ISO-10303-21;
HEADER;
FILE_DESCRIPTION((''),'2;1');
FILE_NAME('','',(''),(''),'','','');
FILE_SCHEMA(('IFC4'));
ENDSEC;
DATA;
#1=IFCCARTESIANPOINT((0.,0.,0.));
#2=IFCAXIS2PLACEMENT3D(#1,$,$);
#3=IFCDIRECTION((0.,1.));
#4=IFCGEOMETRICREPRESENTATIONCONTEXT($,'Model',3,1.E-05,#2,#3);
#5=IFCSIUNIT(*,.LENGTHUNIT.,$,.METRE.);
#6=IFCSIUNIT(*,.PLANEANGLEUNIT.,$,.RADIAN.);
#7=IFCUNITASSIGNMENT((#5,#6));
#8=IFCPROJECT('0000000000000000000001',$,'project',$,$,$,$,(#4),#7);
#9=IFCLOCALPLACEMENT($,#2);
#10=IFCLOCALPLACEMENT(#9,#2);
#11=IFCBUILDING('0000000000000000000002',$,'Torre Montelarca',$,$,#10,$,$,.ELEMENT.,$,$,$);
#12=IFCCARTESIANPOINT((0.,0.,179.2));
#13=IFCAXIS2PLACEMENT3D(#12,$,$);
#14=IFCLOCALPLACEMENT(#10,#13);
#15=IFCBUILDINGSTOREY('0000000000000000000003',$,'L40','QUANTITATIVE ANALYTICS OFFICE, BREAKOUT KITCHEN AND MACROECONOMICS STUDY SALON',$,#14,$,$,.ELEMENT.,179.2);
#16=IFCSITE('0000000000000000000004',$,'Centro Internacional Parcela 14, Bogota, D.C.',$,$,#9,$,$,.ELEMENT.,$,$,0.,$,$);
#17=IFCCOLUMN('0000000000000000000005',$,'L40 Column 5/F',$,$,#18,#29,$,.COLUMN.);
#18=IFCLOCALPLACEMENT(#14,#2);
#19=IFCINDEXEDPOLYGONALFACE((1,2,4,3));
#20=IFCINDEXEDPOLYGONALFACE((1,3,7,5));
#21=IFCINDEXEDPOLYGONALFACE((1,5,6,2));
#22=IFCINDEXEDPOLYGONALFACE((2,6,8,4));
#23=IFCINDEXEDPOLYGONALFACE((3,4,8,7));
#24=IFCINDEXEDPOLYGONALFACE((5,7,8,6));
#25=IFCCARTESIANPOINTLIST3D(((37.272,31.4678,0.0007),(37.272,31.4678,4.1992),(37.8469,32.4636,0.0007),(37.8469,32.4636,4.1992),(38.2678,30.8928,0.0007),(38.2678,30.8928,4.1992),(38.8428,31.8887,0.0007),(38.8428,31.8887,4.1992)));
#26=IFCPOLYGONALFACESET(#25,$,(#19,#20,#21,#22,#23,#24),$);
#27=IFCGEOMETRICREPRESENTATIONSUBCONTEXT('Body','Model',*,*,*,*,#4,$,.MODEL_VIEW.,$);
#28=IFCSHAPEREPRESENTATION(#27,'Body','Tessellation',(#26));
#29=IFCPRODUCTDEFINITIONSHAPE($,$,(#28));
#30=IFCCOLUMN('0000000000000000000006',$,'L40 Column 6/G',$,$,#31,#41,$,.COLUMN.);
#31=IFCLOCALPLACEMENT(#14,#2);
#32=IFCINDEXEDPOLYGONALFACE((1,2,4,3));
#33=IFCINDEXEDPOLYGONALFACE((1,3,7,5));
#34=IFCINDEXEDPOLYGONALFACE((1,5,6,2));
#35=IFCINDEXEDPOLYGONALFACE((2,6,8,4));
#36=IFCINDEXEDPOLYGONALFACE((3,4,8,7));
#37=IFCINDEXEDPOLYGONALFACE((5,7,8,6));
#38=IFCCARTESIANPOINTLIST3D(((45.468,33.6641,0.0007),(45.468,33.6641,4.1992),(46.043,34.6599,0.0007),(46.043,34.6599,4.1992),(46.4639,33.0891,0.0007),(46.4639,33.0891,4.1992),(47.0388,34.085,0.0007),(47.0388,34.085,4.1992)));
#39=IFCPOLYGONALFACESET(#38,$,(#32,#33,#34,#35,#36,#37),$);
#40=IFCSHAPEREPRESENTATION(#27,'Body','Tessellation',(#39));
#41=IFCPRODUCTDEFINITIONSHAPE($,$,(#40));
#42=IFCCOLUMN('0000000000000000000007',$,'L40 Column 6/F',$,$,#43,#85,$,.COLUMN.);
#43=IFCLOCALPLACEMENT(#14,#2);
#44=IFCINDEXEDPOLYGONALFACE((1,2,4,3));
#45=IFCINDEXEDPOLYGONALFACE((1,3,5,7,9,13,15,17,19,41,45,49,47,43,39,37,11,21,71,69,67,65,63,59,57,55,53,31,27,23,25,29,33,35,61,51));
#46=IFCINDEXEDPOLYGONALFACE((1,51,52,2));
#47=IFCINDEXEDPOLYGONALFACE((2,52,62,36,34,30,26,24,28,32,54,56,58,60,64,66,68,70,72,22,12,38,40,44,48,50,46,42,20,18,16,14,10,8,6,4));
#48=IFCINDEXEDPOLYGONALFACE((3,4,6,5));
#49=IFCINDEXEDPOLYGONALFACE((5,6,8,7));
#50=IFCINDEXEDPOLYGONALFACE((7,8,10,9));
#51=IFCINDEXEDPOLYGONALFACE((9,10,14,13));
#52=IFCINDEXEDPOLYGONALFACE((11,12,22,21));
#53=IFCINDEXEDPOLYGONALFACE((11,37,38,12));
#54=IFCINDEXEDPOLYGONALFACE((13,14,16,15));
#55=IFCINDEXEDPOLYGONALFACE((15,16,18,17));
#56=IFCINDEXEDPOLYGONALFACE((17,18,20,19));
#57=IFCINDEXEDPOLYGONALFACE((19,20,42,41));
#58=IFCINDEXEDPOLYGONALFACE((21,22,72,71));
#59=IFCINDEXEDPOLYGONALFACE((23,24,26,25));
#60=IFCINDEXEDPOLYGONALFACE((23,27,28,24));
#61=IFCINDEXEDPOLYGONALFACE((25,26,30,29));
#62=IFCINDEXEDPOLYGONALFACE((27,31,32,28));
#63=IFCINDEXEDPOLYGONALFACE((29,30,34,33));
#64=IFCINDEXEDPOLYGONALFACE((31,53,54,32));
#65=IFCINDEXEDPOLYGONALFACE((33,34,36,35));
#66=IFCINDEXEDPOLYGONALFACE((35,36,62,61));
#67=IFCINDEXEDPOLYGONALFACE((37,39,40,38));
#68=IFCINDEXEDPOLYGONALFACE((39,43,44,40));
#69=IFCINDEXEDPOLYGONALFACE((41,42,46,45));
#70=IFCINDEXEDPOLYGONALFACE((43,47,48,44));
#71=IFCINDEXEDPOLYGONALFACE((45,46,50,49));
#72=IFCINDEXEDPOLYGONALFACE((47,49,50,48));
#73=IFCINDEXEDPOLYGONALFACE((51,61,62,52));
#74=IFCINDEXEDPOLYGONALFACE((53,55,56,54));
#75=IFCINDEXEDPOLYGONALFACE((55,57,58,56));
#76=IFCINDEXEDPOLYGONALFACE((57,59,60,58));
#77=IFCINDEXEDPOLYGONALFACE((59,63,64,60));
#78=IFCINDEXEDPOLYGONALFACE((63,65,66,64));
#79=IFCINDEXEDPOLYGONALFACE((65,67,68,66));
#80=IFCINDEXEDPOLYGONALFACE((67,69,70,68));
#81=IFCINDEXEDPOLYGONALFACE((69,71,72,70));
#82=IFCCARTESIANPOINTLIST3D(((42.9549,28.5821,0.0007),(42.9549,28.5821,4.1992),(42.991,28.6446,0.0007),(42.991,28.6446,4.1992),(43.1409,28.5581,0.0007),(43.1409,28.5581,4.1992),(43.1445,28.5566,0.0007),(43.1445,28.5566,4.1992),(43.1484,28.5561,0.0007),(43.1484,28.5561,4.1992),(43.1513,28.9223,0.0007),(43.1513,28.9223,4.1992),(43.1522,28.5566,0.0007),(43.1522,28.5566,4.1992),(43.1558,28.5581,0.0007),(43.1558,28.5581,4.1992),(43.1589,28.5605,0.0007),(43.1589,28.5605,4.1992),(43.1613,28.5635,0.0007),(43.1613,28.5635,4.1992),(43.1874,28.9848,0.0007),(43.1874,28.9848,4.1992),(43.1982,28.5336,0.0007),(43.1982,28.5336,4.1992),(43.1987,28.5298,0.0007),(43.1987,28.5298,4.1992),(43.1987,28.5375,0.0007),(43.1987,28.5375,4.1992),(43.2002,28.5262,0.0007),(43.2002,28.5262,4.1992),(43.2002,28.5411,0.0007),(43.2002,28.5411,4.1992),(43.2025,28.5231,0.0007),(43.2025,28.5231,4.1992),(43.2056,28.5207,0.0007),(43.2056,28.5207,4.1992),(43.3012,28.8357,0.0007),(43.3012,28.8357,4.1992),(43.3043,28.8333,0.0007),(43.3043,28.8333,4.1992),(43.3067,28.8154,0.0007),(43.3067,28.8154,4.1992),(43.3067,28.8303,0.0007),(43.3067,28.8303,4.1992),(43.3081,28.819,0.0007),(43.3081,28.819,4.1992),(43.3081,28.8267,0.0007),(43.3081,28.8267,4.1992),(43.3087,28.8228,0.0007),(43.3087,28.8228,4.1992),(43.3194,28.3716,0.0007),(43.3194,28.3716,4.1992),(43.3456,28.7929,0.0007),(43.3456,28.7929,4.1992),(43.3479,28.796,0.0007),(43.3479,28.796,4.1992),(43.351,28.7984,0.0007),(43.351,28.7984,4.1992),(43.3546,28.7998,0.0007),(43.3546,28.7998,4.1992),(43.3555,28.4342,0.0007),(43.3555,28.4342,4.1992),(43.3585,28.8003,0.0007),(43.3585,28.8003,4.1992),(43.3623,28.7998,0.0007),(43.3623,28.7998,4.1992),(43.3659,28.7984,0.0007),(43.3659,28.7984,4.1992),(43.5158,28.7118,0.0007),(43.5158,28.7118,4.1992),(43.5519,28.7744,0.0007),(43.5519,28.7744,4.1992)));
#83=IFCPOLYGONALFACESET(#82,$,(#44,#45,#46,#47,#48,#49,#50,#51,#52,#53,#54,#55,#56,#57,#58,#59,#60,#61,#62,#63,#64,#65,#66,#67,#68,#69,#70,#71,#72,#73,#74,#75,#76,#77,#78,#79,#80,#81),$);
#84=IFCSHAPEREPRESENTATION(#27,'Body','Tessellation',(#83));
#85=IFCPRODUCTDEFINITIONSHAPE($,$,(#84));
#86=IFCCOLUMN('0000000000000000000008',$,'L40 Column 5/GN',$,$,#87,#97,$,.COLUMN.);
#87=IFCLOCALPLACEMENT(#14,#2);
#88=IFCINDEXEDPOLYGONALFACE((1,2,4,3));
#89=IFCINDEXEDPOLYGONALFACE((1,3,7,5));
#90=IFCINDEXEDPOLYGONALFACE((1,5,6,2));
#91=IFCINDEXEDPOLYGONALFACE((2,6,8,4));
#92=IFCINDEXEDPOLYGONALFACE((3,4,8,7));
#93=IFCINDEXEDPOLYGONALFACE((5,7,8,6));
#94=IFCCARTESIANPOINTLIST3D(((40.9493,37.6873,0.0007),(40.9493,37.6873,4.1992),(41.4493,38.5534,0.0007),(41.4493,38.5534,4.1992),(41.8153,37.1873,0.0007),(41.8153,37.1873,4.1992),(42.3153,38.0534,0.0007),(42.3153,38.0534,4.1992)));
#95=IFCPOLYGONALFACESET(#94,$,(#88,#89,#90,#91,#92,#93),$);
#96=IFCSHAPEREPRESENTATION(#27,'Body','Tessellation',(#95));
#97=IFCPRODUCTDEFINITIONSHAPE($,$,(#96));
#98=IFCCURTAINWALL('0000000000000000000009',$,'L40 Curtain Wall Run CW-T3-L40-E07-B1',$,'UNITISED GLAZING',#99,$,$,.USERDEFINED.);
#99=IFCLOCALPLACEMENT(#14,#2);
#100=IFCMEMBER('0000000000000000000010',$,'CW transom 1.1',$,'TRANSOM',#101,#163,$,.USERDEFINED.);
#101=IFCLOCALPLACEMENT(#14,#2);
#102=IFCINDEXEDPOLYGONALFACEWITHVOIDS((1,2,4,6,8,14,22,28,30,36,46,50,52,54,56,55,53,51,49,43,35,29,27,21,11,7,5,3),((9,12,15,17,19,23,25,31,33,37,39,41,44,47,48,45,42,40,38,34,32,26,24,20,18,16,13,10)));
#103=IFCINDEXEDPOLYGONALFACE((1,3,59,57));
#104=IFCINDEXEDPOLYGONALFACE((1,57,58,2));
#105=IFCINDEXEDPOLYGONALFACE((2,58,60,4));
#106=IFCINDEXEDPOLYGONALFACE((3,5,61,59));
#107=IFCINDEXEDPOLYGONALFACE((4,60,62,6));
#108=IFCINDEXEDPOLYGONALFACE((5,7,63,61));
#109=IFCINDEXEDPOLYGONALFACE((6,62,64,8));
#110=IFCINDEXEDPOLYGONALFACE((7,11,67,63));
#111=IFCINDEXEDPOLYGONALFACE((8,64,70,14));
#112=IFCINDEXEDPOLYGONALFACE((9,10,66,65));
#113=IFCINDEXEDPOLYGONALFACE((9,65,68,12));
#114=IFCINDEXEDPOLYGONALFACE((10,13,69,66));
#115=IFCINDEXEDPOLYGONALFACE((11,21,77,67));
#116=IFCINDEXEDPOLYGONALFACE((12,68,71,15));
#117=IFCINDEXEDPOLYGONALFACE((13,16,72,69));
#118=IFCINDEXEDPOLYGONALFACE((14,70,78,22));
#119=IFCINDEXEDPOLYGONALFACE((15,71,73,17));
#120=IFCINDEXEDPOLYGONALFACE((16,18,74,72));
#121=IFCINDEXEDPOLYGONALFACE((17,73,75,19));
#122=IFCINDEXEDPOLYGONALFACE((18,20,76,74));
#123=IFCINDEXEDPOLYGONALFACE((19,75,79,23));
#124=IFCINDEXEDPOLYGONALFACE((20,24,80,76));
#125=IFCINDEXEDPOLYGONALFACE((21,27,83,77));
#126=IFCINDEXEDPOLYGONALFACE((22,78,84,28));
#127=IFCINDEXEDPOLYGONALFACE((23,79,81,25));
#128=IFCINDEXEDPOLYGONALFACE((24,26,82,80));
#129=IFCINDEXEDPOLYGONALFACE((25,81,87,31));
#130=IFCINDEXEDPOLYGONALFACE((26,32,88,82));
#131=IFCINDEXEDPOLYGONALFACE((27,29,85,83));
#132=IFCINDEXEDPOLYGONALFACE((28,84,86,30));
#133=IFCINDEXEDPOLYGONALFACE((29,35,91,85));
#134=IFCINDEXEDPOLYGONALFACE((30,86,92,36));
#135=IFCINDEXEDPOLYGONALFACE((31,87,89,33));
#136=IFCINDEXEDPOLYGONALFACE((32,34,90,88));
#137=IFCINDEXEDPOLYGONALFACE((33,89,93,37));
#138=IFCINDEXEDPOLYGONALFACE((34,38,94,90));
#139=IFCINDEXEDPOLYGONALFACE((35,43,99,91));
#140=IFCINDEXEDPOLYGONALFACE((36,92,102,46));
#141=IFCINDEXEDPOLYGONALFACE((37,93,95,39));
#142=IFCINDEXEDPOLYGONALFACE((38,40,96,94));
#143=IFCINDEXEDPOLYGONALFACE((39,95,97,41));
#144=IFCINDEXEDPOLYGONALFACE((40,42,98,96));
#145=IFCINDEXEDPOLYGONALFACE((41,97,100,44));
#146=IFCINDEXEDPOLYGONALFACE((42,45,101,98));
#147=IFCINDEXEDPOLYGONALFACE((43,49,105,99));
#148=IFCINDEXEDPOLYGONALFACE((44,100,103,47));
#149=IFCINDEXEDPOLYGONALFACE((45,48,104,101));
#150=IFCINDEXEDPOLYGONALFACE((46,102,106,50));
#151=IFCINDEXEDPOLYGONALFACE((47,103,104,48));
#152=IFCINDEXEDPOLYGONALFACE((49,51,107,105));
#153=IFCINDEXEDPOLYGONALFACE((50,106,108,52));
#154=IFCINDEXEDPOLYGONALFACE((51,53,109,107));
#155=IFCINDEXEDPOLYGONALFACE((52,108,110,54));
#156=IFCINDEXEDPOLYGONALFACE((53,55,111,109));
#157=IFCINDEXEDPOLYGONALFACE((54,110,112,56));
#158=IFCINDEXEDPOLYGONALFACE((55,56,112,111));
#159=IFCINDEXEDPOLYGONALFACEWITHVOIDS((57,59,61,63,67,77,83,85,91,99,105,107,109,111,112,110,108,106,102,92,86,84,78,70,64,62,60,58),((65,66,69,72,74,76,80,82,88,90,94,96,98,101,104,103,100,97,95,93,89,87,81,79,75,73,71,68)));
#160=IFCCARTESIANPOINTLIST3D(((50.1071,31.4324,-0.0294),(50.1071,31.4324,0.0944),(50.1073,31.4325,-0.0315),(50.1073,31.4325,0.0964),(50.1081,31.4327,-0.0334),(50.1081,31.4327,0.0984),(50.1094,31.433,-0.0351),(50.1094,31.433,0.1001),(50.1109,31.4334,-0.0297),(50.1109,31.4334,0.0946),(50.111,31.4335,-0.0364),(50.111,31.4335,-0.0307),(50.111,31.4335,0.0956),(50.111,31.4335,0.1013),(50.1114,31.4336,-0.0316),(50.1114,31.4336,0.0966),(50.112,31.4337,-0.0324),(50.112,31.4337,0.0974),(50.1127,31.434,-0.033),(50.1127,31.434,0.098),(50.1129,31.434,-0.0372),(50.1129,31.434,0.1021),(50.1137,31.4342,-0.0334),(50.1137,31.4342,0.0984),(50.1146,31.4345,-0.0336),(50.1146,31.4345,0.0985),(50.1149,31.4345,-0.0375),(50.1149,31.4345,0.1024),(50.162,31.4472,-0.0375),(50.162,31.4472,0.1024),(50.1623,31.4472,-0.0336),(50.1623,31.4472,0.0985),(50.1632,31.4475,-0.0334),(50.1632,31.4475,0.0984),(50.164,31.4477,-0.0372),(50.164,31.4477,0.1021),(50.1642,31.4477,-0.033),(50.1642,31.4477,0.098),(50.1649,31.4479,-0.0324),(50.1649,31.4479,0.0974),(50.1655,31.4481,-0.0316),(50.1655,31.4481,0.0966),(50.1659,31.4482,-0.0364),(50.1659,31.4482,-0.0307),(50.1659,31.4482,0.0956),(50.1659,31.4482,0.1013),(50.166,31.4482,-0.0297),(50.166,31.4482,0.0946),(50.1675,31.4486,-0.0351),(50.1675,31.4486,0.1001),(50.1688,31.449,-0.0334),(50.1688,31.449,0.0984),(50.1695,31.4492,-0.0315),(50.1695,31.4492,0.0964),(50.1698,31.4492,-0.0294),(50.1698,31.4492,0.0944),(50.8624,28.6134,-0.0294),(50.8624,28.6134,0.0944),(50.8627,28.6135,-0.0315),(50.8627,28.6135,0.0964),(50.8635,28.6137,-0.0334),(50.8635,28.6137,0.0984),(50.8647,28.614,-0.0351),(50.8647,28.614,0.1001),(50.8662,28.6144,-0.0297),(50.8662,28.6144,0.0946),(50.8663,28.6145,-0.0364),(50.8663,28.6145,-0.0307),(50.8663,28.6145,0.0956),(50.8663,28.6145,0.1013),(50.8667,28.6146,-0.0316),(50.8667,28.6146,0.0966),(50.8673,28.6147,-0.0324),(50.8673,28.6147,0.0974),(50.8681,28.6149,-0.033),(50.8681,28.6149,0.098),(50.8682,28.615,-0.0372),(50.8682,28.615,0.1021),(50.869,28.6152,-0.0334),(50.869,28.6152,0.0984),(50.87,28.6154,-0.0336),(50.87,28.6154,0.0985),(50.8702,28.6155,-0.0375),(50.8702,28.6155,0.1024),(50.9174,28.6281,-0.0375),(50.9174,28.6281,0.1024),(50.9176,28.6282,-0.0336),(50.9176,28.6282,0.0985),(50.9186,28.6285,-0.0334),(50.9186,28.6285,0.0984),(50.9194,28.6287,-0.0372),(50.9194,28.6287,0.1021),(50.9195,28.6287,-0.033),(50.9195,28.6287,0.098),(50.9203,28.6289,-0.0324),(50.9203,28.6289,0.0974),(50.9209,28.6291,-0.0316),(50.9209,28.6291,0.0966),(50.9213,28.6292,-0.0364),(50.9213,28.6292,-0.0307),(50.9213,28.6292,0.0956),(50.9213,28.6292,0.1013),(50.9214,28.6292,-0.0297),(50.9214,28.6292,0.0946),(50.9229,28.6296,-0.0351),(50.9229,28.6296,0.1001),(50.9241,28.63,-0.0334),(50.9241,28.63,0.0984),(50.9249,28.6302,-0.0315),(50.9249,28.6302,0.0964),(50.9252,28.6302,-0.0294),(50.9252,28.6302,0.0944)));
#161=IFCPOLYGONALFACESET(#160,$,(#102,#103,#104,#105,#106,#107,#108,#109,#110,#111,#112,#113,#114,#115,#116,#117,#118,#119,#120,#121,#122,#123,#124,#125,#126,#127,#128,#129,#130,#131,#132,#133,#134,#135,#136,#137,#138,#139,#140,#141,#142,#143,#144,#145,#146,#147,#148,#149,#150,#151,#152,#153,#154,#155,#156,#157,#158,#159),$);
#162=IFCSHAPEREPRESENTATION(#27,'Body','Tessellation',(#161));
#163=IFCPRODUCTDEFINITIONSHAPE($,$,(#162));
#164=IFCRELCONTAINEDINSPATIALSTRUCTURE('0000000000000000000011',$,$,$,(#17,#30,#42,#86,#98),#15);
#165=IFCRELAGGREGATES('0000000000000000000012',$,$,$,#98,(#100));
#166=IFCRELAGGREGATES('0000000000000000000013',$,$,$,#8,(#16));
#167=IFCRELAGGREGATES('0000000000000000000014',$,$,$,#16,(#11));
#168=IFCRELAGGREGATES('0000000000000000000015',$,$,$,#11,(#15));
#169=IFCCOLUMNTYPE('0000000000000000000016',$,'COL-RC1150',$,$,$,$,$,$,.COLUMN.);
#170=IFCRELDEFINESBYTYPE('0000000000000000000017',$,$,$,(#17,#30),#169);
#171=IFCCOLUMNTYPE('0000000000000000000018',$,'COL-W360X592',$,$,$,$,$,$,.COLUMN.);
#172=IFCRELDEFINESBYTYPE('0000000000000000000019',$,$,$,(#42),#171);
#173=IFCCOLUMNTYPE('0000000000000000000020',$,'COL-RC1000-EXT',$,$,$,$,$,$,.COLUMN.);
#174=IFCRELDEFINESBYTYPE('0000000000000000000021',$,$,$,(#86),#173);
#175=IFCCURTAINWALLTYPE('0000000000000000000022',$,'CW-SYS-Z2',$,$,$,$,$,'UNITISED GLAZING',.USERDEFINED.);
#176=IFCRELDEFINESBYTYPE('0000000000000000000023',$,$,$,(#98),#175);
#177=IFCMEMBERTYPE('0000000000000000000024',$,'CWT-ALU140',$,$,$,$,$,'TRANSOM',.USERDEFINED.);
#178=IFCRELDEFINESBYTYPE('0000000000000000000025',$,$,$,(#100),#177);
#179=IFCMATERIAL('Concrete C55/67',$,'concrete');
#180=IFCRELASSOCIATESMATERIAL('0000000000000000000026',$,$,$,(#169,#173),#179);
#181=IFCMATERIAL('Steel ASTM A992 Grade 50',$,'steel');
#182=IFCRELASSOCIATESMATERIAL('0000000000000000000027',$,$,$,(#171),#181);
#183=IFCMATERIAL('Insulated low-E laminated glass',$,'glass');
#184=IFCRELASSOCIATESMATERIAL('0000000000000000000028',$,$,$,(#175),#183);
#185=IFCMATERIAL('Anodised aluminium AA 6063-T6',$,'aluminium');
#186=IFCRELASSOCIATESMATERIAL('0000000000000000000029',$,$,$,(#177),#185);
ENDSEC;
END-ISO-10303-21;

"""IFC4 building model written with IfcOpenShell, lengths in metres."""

from ifc_helpers import new_model, si_unit, direction, frame, origin, origin_2d, place, context, subcontext, project, spatial, rectangle, hollow_rectangle, i_section, extrude, source, transform, mapped, material, material_profile, profile_set, type_object, element, aggregate, save


model = new_model("IFC4")

# Units and contexts
model_context = context("Model", 3, precision=1e-05, world=origin(), true_north=direction((0.0, 1.0)))
body_context = subcontext(model_context, "Body", "Model", "MODEL_VIEW")
ifc_project = project(units=[si_unit("LENGTHUNIT", "METRE"), si_unit("PLANEANGLEUNIT", "RADIAN")], contexts=[model_context])

# Site, building, storey
site_placement = place(None, origin())
site = spatial("IfcSite", under=ifc_project, at=site_placement, Name="Centro Internacional Parcela 14, Bogota, D.C.", CompositionType="ELEMENT", RefElevation=0.0)
building_placement = place(site_placement, origin())
building = spatial("IfcBuilding", under=site, at=building_placement, Name="Torre Montelarca", CompositionType="ELEMENT")
storey_placement = place(building_placement, frame((0.0, 0.0, 179.2)))
storey = spatial("IfcBuildingStorey", under=building, at=storey_placement, Name="L40", Description="QUANTITATIVE ANALYTICS OFFICE, BREAKOUT KITCHEN AND MACROECONOMICS STUDY SALON", CompositionType="ELEMENT", Elevation=179.2)

# Columns
ifc_material_1 = material(Name="Concrete C55/67", Category="concrete")
ifc_material_profile_1 = material_profile(ifc_material_1, rectangle(XDim=1.1499, YDim=1.1499, at=origin_2d()), Name="RC1150X1150", Category="concrete")
ifc_profile_set_1 = profile_set([ifc_material_profile_1], Name="Concrete C55/67")
column_type_1 = type_object("IfcColumnType", Name="COL-RC1150", PredefinedType="COLUMN", material=ifc_profile_set_1)
shared_shape_1 = source(origin(), body_context, "Body", "SweptSolid", [
    extrude(rectangle(XDim=1.1499, YDim=1.1499, at=origin_2d()), origin(), (0.0, 0.0, 1.0), 4.1985),
])
for number, where, z_axis, x_axis, name in (
    (1, (38.0574, 31.6782, 0.0007), (0.0, 0.0, 1.0), (-0.866025, 0.5, 0.0), "L40 Column 5/F"),
    (2, (46.2534, 33.8745, 0.0007), (0.0, 0.0, 1.0), (-0.866025, 0.5, 0.0), "L40 Column 6/G"),
):
    element("IfcColumn", number, at=place(storey_placement, frame(where, z_axis=z_axis, x_axis=x_axis)), inside=storey, type_object=column_type_1, Name=name, PredefinedType="COLUMN", context=body_context, shape_type="MappedRepresentation", body=[
        mapped(shared_shape_1, transform((0.0, 0.0, 0.0), scale=1.0)),
    ])
ifc_material_2 = material(Name="Steel ASTM A992 Grade 50", Category="steel")
ifc_material_profile_2 = material_profile(ifc_material_2, i_section(OverallWidth=0.4209, OverallDepth=0.4651, WebThickness=0.0449, FlangeThickness=0.0723, FilletRadius=0.0149, at=origin_2d()), Name="W360X592", Category="steel")
ifc_profile_set_2 = profile_set([ifc_material_profile_2], Name="Steel ASTM A992 Grade 50")
column_type_2 = type_object("IfcColumnType", Name="COL-W360X592", PredefinedType="COLUMN", material=ifc_profile_set_2)
shared_shape_2 = source(origin(), body_context, "Body", "SweptSolid", [
    extrude(i_section(OverallWidth=0.4209, OverallDepth=0.4651, WebThickness=0.0449, FlangeThickness=0.0723, FilletRadius=0.0149, at=origin_2d()), origin(), (0.0, 0.0, 1.0), 4.1985),
])
column_1_placement = place(storey_placement, frame((43.2534, 28.6782, 0.0007), z_axis=(0.0, 0.0, 1.0), x_axis=(-0.866025, 0.5, 0.0)))
element("IfcColumn", 3, at=column_1_placement, inside=storey, type_object=column_type_2, Name="L40 Column 6/F", PredefinedType="COLUMN", context=body_context, shape_type="MappedRepresentation", body=[
    mapped(shared_shape_2, transform((0.0, 0.0, 0.0), scale=1.0)),
])
ifc_material_profile_3 = material_profile(ifc_material_1, rectangle(XDim=1.0, YDim=1.0, at=origin_2d()), Name="RC1000X1000", Category="concrete")
ifc_profile_set_3 = profile_set([ifc_material_profile_3], Name="Concrete C55/67")
column_type_3 = type_object("IfcColumnType", Name="COL-RC1000-EXT", PredefinedType="COLUMN", material=ifc_profile_set_3)
shared_shape_3 = source(origin(), body_context, "Body", "SweptSolid", [
    extrude(rectangle(XDim=1.0, YDim=1.0, at=origin_2d()), origin(), (0.0, 0.0, 1.0), 4.1985),
])
column_2_placement = place(storey_placement, frame((41.6323, 37.8704, 0.0007), z_axis=(0.0, 0.0, 1.0), x_axis=(-0.866025, 0.5, 0.0)))
element("IfcColumn", 4, at=column_2_placement, inside=storey, type_object=column_type_3, Name="L40 Column 5/GN", PredefinedType="COLUMN", context=body_context, shape_type="MappedRepresentation", body=[
    mapped(shared_shape_3, transform((0.0, 0.0, 0.0), scale=1.0)),
])

# Curtain wall, member
ifc_material_3 = material(Name="Insulated low-E laminated glass", Category="glass")
curtain_wall_type = type_object("IfcCurtainWallType", Name="CW-SYS-Z2", ElementType="UNITISED GLAZING", PredefinedType="USERDEFINED", material=ifc_material_3)
curtain_wall_1_placement = place(storey_placement, origin())
curtain_wall_1 = element("IfcCurtainWall", 5, at=curtain_wall_1_placement, inside=storey, type_object=curtain_wall_type, Name="L40 Curtain Wall Run CW-T3-L40-E07-B1", ObjectType="UNITISED GLAZING", PredefinedType="USERDEFINED")
ifc_material_4 = material(Name="Anodised aluminium AA 6063-T6", Category="aluminium")
ifc_material_profile_4 = material_profile(ifc_material_4, hollow_rectangle(XDim=0.0649, YDim=0.1399, WallThickness=0.0039, InnerFilletRadius=0.0039, OuterFilletRadius=0.0081, at=origin_2d()), Name="ALU65X140X4", Category="aluminium")
ifc_profile_set_4 = profile_set([ifc_material_profile_4], Name="Anodised aluminium AA 6063-T6")
member_type_1 = type_object("IfcMemberType", Name="CWT-ALU140", ElementType="TRANSOM", PredefinedType="USERDEFINED", material=ifc_profile_set_4)
shared_shape_4 = source(origin(), body_context, "Body", "SweptSolid", [
    extrude(hollow_rectangle(XDim=0.0649, YDim=0.1399, WallThickness=0.0039, InnerFilletRadius=0.0039, OuterFilletRadius=0.0081, at=origin_2d()), origin(), (0.0, 0.0, 1.0), 2.9185),
])
member_1_placement = place(storey_placement, frame((50.8938, 28.6218, 0.0325), z_axis=(-0.258818, 0.965926, 0.0), x_axis=(-0.965926, -0.258818, 0.0)))
member_1 = element("IfcMember", 6, at=member_1_placement, type_object=member_type_1, Name="CW transom 1.1", ObjectType="TRANSOM", PredefinedType="USERDEFINED", context=body_context, shape_type="MappedRepresentation", body=[
    mapped(shared_shape_4, transform((0.0, 0.0, 0.0), scale=1.0)),
])

aggregate(curtain_wall_1, [member_1])

save(model, "model.ifc")
